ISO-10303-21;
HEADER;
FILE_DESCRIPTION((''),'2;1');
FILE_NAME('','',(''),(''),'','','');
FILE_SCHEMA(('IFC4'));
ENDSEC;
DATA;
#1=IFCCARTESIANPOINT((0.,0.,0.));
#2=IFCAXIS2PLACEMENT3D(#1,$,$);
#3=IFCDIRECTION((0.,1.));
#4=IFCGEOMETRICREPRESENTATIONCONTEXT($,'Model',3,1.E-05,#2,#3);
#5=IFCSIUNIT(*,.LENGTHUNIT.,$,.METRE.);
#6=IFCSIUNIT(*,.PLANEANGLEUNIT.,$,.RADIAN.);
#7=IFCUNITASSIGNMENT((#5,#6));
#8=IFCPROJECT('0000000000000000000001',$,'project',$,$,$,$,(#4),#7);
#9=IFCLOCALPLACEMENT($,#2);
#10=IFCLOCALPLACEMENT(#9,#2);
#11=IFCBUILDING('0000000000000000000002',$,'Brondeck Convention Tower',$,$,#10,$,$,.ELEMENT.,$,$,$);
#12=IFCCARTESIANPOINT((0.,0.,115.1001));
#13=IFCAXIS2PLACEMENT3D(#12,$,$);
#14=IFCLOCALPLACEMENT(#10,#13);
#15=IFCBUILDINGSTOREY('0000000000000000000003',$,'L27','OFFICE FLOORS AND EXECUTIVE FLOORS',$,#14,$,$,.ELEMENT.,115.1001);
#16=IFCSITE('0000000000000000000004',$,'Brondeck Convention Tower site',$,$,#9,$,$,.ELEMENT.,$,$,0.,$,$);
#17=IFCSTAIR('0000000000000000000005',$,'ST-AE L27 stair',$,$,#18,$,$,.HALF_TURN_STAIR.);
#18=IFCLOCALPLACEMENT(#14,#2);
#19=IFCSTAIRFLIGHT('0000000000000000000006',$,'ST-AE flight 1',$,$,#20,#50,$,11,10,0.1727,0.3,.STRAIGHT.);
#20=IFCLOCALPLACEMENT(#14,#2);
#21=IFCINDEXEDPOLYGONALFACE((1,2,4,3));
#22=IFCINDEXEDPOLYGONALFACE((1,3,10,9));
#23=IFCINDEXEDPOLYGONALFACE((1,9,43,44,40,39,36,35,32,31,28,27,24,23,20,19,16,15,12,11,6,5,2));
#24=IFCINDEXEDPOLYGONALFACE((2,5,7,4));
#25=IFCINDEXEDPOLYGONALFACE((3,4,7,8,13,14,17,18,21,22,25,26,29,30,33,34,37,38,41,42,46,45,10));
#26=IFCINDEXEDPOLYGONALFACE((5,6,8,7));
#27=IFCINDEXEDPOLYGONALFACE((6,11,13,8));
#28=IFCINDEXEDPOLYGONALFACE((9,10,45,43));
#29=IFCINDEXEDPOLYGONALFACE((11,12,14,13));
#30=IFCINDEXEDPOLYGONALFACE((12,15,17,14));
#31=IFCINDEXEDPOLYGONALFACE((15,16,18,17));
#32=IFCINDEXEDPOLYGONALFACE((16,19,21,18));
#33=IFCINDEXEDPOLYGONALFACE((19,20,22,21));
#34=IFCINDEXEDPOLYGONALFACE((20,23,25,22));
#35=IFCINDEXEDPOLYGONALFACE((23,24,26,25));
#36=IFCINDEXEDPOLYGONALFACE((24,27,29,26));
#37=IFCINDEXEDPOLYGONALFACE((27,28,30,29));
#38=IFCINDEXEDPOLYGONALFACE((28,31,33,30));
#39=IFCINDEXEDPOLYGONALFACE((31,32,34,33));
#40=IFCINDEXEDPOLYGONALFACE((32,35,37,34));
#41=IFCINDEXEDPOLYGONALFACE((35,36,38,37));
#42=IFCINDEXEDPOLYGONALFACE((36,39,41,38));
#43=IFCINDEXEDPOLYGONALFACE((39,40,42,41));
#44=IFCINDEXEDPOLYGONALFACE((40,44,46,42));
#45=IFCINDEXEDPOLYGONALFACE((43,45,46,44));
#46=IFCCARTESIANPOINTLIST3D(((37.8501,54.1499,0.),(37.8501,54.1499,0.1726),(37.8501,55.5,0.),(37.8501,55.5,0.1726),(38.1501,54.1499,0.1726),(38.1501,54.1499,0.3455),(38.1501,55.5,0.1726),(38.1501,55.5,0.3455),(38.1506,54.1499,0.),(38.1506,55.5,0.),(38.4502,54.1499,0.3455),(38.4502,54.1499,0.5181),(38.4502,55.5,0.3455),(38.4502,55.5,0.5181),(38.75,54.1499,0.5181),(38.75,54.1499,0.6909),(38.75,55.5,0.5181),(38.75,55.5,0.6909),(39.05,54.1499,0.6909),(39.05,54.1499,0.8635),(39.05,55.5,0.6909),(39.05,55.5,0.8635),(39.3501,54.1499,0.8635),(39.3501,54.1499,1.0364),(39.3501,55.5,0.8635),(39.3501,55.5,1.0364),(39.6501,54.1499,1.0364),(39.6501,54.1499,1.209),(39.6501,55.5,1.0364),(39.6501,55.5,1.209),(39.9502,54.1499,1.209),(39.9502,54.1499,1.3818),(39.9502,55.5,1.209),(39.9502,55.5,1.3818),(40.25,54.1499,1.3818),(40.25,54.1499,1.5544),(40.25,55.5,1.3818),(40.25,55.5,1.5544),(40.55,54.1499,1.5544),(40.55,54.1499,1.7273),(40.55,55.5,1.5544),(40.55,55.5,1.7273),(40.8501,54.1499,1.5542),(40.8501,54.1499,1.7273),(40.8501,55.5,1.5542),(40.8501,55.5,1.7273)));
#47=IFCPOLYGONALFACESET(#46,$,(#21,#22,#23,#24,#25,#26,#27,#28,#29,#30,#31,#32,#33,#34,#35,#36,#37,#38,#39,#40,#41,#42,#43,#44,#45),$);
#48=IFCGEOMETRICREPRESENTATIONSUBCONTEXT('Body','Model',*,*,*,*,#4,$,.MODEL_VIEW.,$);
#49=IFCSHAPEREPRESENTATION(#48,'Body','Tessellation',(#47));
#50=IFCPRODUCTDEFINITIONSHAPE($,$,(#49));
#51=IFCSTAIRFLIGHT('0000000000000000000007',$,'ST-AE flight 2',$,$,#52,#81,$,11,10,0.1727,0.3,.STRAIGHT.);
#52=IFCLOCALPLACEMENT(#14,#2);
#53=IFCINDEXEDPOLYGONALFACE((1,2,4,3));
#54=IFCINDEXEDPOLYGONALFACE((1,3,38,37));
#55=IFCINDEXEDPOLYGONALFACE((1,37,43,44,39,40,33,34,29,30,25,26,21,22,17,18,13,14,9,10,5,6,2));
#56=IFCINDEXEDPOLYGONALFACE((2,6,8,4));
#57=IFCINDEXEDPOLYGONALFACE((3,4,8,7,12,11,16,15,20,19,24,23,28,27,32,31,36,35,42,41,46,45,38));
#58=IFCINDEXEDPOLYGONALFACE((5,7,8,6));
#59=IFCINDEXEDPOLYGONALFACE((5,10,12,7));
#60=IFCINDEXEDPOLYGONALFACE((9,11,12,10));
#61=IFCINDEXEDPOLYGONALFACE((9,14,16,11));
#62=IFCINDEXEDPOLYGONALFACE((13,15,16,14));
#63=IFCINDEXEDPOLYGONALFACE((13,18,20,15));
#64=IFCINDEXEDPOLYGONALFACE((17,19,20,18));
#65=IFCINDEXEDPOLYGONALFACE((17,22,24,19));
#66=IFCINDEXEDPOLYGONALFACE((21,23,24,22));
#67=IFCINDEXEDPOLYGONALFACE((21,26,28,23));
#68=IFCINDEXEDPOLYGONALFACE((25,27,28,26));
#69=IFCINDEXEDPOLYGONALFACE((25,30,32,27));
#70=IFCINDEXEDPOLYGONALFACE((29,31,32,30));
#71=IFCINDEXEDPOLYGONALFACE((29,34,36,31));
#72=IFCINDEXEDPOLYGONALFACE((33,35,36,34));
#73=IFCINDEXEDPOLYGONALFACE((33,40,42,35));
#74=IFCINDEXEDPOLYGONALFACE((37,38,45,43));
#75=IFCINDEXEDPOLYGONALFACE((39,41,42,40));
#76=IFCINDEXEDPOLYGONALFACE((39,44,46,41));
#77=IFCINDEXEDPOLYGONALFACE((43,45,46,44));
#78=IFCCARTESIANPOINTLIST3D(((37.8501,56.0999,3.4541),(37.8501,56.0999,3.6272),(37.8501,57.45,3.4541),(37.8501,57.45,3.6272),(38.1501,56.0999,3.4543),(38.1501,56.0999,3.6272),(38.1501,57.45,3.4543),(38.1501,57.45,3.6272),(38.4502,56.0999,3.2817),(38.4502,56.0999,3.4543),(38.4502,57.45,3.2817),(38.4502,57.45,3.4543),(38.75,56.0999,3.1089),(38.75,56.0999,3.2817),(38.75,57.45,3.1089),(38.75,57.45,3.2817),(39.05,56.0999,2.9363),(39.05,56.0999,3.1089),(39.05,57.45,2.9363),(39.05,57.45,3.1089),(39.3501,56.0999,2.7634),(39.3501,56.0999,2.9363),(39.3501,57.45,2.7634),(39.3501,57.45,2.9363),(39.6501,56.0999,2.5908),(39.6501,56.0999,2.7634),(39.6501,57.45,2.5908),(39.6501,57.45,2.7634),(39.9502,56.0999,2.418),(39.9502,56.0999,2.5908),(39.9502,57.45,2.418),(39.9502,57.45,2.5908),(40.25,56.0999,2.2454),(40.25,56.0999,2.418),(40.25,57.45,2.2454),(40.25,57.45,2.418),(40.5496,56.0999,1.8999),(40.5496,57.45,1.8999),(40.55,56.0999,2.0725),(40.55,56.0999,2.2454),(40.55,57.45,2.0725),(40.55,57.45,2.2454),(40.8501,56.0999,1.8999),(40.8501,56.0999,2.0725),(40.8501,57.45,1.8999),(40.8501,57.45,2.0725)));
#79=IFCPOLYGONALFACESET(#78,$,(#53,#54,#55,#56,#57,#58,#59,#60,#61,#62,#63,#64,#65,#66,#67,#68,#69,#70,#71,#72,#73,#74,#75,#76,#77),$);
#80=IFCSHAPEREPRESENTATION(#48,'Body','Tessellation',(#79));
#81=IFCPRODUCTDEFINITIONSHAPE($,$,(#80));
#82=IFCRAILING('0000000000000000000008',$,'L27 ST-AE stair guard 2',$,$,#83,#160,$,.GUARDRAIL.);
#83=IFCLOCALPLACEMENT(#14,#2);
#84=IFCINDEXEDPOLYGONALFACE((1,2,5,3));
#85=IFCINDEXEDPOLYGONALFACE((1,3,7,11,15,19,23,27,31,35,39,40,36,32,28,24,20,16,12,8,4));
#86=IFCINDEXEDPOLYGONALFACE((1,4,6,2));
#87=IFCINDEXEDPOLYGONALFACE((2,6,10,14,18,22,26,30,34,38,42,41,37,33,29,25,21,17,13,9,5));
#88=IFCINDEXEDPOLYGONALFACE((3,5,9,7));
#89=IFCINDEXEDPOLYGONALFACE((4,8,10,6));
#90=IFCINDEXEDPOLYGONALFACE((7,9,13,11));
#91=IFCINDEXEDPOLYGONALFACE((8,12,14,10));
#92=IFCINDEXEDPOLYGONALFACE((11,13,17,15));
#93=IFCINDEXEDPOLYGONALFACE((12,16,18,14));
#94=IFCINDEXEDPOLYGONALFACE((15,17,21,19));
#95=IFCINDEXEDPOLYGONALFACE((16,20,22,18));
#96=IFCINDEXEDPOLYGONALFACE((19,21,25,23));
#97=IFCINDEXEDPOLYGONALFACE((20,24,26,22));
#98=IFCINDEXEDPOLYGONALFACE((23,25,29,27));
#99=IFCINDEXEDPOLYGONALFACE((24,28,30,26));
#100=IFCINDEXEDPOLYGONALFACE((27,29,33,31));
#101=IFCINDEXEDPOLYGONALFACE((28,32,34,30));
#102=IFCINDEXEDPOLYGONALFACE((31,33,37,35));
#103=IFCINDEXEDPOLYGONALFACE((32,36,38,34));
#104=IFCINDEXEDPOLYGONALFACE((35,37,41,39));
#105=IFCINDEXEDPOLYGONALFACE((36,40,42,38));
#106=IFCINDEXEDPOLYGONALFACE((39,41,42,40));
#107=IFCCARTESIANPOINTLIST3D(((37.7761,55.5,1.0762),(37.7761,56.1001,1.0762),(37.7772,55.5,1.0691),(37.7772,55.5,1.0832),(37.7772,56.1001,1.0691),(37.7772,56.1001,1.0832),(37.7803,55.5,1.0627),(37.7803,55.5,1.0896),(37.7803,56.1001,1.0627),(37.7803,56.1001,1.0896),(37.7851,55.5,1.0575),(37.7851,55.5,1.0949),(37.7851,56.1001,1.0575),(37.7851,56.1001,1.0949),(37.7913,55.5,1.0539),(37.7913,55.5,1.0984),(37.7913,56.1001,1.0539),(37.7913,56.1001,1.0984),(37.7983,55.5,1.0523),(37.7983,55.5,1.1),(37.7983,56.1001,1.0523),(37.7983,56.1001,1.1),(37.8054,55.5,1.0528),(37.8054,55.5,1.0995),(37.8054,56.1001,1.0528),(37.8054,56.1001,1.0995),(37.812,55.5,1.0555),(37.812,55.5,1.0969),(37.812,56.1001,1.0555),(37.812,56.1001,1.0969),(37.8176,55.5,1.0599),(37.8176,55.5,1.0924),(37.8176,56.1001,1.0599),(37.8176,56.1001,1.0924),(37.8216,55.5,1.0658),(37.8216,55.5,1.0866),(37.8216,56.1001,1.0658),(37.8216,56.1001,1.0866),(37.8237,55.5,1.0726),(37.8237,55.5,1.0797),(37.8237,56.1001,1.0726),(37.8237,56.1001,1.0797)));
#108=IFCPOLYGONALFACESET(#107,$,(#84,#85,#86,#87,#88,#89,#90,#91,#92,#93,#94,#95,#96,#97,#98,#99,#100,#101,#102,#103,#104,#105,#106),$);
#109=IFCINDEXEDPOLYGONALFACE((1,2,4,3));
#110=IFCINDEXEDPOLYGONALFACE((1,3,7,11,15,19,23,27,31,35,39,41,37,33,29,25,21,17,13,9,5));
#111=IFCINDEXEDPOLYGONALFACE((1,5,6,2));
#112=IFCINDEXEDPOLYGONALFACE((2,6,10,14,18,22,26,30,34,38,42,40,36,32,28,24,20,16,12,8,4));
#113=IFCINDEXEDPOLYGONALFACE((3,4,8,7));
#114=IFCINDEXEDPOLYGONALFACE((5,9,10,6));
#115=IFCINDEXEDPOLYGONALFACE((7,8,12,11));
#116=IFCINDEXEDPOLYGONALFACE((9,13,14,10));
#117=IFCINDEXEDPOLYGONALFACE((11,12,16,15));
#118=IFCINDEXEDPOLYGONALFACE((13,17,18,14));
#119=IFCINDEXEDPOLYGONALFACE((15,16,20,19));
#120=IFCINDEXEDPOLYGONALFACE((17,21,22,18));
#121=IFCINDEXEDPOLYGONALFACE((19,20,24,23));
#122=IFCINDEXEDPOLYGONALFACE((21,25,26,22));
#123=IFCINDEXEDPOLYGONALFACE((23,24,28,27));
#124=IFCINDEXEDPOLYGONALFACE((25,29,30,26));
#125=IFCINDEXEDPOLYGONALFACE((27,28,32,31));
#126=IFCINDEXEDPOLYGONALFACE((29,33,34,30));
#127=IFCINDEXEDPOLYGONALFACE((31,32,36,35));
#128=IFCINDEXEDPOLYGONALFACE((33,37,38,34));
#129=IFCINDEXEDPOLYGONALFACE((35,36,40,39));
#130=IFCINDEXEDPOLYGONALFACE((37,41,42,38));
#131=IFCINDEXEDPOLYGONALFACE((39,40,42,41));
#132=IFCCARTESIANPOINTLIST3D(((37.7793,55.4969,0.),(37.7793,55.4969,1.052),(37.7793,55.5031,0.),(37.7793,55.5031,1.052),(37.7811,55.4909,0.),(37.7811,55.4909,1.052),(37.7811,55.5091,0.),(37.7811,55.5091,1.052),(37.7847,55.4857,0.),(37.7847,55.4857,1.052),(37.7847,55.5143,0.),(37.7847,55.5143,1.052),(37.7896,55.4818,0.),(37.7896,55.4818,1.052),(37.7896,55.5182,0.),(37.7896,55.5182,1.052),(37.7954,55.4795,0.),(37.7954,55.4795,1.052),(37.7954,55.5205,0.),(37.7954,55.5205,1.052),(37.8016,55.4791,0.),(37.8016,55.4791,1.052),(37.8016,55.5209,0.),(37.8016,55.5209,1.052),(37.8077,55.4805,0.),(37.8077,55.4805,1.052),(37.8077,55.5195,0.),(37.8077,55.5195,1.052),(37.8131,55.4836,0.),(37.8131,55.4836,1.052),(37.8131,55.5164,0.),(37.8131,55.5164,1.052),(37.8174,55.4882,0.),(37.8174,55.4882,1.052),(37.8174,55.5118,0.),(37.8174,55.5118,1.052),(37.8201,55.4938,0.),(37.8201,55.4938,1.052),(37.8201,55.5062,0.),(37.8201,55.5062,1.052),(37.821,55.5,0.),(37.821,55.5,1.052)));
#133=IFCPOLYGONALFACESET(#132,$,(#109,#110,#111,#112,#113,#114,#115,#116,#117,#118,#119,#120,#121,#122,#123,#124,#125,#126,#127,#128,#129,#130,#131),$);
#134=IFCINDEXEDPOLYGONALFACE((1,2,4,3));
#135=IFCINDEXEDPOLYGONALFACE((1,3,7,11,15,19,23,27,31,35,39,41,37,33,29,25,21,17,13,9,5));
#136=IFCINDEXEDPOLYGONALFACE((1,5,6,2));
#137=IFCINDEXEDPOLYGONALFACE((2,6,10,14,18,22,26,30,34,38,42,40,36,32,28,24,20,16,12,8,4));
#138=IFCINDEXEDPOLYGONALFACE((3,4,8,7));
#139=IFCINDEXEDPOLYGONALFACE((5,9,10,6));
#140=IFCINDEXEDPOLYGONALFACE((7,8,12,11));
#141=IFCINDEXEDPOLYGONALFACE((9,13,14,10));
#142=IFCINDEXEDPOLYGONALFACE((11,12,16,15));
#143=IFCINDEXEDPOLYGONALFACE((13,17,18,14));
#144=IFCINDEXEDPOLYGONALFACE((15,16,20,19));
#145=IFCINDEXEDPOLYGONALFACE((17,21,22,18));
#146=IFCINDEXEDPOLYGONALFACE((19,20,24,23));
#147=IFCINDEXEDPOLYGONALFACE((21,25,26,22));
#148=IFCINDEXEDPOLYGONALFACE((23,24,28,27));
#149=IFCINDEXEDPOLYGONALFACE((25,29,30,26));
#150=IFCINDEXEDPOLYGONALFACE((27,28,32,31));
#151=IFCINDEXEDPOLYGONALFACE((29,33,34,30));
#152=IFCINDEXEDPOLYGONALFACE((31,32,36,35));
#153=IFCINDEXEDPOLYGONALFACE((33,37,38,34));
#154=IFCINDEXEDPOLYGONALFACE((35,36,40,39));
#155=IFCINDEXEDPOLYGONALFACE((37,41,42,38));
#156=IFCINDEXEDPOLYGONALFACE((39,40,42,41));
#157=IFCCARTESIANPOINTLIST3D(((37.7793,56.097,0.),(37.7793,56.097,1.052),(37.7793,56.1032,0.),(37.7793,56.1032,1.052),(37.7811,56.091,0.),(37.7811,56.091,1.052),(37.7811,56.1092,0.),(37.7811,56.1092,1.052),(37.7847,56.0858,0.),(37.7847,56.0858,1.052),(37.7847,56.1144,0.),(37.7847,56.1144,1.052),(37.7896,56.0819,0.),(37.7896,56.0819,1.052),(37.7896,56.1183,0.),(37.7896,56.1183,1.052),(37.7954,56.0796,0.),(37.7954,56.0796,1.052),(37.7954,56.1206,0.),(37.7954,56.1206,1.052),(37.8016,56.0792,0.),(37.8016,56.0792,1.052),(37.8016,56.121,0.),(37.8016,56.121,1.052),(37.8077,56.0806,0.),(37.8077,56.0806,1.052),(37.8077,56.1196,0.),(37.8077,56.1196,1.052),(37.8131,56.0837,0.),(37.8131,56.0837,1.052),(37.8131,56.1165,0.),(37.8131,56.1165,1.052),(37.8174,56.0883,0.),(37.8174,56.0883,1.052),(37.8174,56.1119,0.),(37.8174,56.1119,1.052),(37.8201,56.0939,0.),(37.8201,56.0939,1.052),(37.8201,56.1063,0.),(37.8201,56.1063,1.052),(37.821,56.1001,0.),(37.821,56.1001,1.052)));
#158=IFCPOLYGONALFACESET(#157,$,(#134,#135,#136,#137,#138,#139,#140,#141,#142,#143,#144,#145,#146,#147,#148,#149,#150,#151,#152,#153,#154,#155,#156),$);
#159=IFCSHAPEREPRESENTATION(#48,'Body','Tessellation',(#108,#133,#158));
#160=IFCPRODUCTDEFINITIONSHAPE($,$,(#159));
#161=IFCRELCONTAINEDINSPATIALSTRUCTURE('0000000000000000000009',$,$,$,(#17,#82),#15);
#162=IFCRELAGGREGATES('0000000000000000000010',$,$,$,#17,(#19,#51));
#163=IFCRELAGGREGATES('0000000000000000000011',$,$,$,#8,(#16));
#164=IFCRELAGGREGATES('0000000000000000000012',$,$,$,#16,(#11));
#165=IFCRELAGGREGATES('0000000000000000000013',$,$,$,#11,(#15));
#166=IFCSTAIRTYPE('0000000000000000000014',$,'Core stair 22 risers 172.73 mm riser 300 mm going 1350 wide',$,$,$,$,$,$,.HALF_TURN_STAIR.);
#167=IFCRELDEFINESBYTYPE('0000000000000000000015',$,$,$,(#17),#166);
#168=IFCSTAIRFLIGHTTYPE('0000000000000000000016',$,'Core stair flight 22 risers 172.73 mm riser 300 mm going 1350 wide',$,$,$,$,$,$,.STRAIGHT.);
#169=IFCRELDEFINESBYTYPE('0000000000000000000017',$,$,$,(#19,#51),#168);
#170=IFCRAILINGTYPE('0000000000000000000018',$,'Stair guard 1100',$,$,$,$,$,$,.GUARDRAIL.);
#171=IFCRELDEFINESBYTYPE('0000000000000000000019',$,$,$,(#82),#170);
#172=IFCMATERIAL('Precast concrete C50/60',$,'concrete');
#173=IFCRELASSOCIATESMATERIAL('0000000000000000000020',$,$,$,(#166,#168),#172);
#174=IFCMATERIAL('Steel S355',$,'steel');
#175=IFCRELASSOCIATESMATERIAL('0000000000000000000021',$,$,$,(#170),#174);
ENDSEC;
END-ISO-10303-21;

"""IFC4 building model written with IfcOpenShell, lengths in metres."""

from ifc_helpers import new_model, si_unit, direction, frame, origin, origin_2d, place, context, subcontext, project, spatial, polyline, circle, outline, extrude, material, type_object, element, aggregate, save


model = new_model("IFC4")

# Units and contexts
model_context = context("Model", 3, precision=1e-05, world=origin(), true_north=direction((0.0, 1.0)))
body_context = subcontext(model_context, "Body", "Model", "MODEL_VIEW")
ifc_project = project(units=[si_unit("LENGTHUNIT", "METRE"), si_unit("PLANEANGLEUNIT", "RADIAN")], contexts=[model_context])

# Site, building, storey
site_placement = place(None, origin())
site = spatial("IfcSite", under=ifc_project, at=site_placement, Name="Brondeck Convention Tower site", CompositionType="ELEMENT", RefElevation=0.0)
building_placement = place(site_placement, origin())
building = spatial("IfcBuilding", under=site, at=building_placement, Name="Brondeck Convention Tower", CompositionType="ELEMENT")
storey_placement = place(building_placement, frame((0.0, 0.0, 115.1001)))
storey = spatial("IfcBuildingStorey", under=building, at=storey_placement, Name="L27", Description="OFFICE FLOORS AND EXECUTIVE FLOORS", CompositionType="ELEMENT", Elevation=115.1001)

# Shared definitions
ifc_material_1 = material(Name="Steel S355", Category="steel")

# Stair, stair flights
ifc_material_2 = material(Name="Precast concrete C50/60", Category="concrete")
stair_type = type_object("IfcStairType", Name="Core stair 22 risers 172.73 mm riser 300 mm going 1350 wide", PredefinedType="HALF_TURN_STAIR", material=ifc_material_2)
stair_placement = place(storey_placement, origin())
stair = element("IfcStair", 1, at=stair_placement, inside=storey, type_object=stair_type, Name="ST-AE L27 stair", PredefinedType="HALF_TURN_STAIR")
stair_flight_type = type_object("IfcStairFlightType", Name="Core stair flight 22 risers 172.73 mm riser 300 mm going 1350 wide", PredefinedType="STRAIGHT", material=ifc_material_2)
stair_flight_1_placement = place(storey_placement, frame((37.8501, 54.825, 0.0), z_axis=(0.0, 0.0, 1.0), x_axis=(1.0, 0.0, 0.0)))
stair_flight_1 = element("IfcStairFlight", 2, at=stair_flight_1_placement, type_object=stair_flight_type, Name="ST-AE flight 1", NumberOfRisers=11, NumberOfTreads=10, PredefinedType="STRAIGHT", RiserHeight=0.1727, TreadLength=0.3, context=body_context, shape_type="SweptSolid", body=[
    extrude(outline(polyline([(0.0, 0.0), (0.0, 0.1726), (0.3, 0.1726), (0.3, 0.3455), (0.6001, 0.3455), (0.6001, 0.5181), (0.8999, 0.5181), (0.8999, 0.6909), (1.2, 0.6909), (1.2, 0.8635), (1.5, 0.8635), (1.5, 1.0364), (1.8, 1.0364), (1.8, 1.209), (2.1001, 1.209), (2.1001, 1.3818), (2.3999, 1.3818), (2.3999, 1.5544), (2.7, 1.5544), (2.7, 1.7273), (3.0, 1.7273), (3.0, 1.8999), (3.0, 1.5542), (0.3005, 0.0), (0.0, 0.0)])), frame((0.0, 0.675, 0.0), z_axis=(0.0, -1.0, 0.0), x_axis=(1.0, 0.0, 0.0)), (0.0, 0.0, 1.0), 1.3501),
])
stair_flight_2_placement = place(storey_placement, frame((40.8501, 56.7749, 1.8999), z_axis=(0.0, 0.0, 1.0), x_axis=(-1.0, 0.0, 0.0)))
stair_flight_2 = element("IfcStairFlight", 3, at=stair_flight_2_placement, type_object=stair_flight_type, Name="ST-AE flight 2", NumberOfRisers=11, NumberOfTreads=10, PredefinedType="STRAIGHT", RiserHeight=0.1727, TreadLength=0.3, context=body_context, shape_type="SweptSolid", body=[
    extrude(outline(polyline([(0.0, 0.0), (0.0, 0.1726), (0.3, 0.1726), (0.3, 0.3455), (0.6001, 0.3455), (0.6001, 0.5181), (0.8999, 0.5181), (0.8999, 0.6909), (1.2, 0.6909), (1.2, 0.8635), (1.5, 0.8635), (1.5, 1.0364), (1.8, 1.0364), (1.8, 1.209), (2.1001, 1.209), (2.1001, 1.3818), (2.3999, 1.3818), (2.3999, 1.5544), (2.7, 1.5544), (2.7, 1.7273), (3.0, 1.7273), (3.0, 1.8999), (3.0, 1.5542), (0.3005, 0.0), (0.0, 0.0)])), frame((0.0, 0.675, 0.0), z_axis=(0.0, -1.0, 0.0), x_axis=(1.0, 0.0, 0.0)), (0.0, 0.0, 1.0), 1.3501),
])
aggregate(stair, [stair_flight_1, stair_flight_2])

# Railing
railing_type_1 = type_object("IfcRailingType", Name="Stair guard 1100", PredefinedType="GUARDRAIL", material=ifc_material_1)
railing_1_placement = place(storey_placement, frame((37.8, 55.5, 0.0)))
element("IfcRailing", 4, at=railing_1_placement, inside=storey, type_object=railing_type_1, Name="L27 ST-AE stair guard 2", PredefinedType="GUARDRAIL", context=body_context, shape_type="SweptSolid", body=[
    extrude(circle(Radius=0.0239, at=origin_2d()), frame((0.0, 0.0, 1.0762), z_axis=(0.0, 1.0, 0.0), x_axis=(-1.0, 0.0, 0.0)), (0.0, 0.0, 1.0), 0.6001),
    extrude(circle(Radius=0.021, at=origin_2d()), origin(), (0.0, 0.0, 1.0), 1.052),
    extrude(circle(Radius=0.021, at=origin_2d()), frame((0.0, 0.6001, 0.0)), (0.0, 0.0, 1.0), 1.052),
])

save(model, "model.ifc")
